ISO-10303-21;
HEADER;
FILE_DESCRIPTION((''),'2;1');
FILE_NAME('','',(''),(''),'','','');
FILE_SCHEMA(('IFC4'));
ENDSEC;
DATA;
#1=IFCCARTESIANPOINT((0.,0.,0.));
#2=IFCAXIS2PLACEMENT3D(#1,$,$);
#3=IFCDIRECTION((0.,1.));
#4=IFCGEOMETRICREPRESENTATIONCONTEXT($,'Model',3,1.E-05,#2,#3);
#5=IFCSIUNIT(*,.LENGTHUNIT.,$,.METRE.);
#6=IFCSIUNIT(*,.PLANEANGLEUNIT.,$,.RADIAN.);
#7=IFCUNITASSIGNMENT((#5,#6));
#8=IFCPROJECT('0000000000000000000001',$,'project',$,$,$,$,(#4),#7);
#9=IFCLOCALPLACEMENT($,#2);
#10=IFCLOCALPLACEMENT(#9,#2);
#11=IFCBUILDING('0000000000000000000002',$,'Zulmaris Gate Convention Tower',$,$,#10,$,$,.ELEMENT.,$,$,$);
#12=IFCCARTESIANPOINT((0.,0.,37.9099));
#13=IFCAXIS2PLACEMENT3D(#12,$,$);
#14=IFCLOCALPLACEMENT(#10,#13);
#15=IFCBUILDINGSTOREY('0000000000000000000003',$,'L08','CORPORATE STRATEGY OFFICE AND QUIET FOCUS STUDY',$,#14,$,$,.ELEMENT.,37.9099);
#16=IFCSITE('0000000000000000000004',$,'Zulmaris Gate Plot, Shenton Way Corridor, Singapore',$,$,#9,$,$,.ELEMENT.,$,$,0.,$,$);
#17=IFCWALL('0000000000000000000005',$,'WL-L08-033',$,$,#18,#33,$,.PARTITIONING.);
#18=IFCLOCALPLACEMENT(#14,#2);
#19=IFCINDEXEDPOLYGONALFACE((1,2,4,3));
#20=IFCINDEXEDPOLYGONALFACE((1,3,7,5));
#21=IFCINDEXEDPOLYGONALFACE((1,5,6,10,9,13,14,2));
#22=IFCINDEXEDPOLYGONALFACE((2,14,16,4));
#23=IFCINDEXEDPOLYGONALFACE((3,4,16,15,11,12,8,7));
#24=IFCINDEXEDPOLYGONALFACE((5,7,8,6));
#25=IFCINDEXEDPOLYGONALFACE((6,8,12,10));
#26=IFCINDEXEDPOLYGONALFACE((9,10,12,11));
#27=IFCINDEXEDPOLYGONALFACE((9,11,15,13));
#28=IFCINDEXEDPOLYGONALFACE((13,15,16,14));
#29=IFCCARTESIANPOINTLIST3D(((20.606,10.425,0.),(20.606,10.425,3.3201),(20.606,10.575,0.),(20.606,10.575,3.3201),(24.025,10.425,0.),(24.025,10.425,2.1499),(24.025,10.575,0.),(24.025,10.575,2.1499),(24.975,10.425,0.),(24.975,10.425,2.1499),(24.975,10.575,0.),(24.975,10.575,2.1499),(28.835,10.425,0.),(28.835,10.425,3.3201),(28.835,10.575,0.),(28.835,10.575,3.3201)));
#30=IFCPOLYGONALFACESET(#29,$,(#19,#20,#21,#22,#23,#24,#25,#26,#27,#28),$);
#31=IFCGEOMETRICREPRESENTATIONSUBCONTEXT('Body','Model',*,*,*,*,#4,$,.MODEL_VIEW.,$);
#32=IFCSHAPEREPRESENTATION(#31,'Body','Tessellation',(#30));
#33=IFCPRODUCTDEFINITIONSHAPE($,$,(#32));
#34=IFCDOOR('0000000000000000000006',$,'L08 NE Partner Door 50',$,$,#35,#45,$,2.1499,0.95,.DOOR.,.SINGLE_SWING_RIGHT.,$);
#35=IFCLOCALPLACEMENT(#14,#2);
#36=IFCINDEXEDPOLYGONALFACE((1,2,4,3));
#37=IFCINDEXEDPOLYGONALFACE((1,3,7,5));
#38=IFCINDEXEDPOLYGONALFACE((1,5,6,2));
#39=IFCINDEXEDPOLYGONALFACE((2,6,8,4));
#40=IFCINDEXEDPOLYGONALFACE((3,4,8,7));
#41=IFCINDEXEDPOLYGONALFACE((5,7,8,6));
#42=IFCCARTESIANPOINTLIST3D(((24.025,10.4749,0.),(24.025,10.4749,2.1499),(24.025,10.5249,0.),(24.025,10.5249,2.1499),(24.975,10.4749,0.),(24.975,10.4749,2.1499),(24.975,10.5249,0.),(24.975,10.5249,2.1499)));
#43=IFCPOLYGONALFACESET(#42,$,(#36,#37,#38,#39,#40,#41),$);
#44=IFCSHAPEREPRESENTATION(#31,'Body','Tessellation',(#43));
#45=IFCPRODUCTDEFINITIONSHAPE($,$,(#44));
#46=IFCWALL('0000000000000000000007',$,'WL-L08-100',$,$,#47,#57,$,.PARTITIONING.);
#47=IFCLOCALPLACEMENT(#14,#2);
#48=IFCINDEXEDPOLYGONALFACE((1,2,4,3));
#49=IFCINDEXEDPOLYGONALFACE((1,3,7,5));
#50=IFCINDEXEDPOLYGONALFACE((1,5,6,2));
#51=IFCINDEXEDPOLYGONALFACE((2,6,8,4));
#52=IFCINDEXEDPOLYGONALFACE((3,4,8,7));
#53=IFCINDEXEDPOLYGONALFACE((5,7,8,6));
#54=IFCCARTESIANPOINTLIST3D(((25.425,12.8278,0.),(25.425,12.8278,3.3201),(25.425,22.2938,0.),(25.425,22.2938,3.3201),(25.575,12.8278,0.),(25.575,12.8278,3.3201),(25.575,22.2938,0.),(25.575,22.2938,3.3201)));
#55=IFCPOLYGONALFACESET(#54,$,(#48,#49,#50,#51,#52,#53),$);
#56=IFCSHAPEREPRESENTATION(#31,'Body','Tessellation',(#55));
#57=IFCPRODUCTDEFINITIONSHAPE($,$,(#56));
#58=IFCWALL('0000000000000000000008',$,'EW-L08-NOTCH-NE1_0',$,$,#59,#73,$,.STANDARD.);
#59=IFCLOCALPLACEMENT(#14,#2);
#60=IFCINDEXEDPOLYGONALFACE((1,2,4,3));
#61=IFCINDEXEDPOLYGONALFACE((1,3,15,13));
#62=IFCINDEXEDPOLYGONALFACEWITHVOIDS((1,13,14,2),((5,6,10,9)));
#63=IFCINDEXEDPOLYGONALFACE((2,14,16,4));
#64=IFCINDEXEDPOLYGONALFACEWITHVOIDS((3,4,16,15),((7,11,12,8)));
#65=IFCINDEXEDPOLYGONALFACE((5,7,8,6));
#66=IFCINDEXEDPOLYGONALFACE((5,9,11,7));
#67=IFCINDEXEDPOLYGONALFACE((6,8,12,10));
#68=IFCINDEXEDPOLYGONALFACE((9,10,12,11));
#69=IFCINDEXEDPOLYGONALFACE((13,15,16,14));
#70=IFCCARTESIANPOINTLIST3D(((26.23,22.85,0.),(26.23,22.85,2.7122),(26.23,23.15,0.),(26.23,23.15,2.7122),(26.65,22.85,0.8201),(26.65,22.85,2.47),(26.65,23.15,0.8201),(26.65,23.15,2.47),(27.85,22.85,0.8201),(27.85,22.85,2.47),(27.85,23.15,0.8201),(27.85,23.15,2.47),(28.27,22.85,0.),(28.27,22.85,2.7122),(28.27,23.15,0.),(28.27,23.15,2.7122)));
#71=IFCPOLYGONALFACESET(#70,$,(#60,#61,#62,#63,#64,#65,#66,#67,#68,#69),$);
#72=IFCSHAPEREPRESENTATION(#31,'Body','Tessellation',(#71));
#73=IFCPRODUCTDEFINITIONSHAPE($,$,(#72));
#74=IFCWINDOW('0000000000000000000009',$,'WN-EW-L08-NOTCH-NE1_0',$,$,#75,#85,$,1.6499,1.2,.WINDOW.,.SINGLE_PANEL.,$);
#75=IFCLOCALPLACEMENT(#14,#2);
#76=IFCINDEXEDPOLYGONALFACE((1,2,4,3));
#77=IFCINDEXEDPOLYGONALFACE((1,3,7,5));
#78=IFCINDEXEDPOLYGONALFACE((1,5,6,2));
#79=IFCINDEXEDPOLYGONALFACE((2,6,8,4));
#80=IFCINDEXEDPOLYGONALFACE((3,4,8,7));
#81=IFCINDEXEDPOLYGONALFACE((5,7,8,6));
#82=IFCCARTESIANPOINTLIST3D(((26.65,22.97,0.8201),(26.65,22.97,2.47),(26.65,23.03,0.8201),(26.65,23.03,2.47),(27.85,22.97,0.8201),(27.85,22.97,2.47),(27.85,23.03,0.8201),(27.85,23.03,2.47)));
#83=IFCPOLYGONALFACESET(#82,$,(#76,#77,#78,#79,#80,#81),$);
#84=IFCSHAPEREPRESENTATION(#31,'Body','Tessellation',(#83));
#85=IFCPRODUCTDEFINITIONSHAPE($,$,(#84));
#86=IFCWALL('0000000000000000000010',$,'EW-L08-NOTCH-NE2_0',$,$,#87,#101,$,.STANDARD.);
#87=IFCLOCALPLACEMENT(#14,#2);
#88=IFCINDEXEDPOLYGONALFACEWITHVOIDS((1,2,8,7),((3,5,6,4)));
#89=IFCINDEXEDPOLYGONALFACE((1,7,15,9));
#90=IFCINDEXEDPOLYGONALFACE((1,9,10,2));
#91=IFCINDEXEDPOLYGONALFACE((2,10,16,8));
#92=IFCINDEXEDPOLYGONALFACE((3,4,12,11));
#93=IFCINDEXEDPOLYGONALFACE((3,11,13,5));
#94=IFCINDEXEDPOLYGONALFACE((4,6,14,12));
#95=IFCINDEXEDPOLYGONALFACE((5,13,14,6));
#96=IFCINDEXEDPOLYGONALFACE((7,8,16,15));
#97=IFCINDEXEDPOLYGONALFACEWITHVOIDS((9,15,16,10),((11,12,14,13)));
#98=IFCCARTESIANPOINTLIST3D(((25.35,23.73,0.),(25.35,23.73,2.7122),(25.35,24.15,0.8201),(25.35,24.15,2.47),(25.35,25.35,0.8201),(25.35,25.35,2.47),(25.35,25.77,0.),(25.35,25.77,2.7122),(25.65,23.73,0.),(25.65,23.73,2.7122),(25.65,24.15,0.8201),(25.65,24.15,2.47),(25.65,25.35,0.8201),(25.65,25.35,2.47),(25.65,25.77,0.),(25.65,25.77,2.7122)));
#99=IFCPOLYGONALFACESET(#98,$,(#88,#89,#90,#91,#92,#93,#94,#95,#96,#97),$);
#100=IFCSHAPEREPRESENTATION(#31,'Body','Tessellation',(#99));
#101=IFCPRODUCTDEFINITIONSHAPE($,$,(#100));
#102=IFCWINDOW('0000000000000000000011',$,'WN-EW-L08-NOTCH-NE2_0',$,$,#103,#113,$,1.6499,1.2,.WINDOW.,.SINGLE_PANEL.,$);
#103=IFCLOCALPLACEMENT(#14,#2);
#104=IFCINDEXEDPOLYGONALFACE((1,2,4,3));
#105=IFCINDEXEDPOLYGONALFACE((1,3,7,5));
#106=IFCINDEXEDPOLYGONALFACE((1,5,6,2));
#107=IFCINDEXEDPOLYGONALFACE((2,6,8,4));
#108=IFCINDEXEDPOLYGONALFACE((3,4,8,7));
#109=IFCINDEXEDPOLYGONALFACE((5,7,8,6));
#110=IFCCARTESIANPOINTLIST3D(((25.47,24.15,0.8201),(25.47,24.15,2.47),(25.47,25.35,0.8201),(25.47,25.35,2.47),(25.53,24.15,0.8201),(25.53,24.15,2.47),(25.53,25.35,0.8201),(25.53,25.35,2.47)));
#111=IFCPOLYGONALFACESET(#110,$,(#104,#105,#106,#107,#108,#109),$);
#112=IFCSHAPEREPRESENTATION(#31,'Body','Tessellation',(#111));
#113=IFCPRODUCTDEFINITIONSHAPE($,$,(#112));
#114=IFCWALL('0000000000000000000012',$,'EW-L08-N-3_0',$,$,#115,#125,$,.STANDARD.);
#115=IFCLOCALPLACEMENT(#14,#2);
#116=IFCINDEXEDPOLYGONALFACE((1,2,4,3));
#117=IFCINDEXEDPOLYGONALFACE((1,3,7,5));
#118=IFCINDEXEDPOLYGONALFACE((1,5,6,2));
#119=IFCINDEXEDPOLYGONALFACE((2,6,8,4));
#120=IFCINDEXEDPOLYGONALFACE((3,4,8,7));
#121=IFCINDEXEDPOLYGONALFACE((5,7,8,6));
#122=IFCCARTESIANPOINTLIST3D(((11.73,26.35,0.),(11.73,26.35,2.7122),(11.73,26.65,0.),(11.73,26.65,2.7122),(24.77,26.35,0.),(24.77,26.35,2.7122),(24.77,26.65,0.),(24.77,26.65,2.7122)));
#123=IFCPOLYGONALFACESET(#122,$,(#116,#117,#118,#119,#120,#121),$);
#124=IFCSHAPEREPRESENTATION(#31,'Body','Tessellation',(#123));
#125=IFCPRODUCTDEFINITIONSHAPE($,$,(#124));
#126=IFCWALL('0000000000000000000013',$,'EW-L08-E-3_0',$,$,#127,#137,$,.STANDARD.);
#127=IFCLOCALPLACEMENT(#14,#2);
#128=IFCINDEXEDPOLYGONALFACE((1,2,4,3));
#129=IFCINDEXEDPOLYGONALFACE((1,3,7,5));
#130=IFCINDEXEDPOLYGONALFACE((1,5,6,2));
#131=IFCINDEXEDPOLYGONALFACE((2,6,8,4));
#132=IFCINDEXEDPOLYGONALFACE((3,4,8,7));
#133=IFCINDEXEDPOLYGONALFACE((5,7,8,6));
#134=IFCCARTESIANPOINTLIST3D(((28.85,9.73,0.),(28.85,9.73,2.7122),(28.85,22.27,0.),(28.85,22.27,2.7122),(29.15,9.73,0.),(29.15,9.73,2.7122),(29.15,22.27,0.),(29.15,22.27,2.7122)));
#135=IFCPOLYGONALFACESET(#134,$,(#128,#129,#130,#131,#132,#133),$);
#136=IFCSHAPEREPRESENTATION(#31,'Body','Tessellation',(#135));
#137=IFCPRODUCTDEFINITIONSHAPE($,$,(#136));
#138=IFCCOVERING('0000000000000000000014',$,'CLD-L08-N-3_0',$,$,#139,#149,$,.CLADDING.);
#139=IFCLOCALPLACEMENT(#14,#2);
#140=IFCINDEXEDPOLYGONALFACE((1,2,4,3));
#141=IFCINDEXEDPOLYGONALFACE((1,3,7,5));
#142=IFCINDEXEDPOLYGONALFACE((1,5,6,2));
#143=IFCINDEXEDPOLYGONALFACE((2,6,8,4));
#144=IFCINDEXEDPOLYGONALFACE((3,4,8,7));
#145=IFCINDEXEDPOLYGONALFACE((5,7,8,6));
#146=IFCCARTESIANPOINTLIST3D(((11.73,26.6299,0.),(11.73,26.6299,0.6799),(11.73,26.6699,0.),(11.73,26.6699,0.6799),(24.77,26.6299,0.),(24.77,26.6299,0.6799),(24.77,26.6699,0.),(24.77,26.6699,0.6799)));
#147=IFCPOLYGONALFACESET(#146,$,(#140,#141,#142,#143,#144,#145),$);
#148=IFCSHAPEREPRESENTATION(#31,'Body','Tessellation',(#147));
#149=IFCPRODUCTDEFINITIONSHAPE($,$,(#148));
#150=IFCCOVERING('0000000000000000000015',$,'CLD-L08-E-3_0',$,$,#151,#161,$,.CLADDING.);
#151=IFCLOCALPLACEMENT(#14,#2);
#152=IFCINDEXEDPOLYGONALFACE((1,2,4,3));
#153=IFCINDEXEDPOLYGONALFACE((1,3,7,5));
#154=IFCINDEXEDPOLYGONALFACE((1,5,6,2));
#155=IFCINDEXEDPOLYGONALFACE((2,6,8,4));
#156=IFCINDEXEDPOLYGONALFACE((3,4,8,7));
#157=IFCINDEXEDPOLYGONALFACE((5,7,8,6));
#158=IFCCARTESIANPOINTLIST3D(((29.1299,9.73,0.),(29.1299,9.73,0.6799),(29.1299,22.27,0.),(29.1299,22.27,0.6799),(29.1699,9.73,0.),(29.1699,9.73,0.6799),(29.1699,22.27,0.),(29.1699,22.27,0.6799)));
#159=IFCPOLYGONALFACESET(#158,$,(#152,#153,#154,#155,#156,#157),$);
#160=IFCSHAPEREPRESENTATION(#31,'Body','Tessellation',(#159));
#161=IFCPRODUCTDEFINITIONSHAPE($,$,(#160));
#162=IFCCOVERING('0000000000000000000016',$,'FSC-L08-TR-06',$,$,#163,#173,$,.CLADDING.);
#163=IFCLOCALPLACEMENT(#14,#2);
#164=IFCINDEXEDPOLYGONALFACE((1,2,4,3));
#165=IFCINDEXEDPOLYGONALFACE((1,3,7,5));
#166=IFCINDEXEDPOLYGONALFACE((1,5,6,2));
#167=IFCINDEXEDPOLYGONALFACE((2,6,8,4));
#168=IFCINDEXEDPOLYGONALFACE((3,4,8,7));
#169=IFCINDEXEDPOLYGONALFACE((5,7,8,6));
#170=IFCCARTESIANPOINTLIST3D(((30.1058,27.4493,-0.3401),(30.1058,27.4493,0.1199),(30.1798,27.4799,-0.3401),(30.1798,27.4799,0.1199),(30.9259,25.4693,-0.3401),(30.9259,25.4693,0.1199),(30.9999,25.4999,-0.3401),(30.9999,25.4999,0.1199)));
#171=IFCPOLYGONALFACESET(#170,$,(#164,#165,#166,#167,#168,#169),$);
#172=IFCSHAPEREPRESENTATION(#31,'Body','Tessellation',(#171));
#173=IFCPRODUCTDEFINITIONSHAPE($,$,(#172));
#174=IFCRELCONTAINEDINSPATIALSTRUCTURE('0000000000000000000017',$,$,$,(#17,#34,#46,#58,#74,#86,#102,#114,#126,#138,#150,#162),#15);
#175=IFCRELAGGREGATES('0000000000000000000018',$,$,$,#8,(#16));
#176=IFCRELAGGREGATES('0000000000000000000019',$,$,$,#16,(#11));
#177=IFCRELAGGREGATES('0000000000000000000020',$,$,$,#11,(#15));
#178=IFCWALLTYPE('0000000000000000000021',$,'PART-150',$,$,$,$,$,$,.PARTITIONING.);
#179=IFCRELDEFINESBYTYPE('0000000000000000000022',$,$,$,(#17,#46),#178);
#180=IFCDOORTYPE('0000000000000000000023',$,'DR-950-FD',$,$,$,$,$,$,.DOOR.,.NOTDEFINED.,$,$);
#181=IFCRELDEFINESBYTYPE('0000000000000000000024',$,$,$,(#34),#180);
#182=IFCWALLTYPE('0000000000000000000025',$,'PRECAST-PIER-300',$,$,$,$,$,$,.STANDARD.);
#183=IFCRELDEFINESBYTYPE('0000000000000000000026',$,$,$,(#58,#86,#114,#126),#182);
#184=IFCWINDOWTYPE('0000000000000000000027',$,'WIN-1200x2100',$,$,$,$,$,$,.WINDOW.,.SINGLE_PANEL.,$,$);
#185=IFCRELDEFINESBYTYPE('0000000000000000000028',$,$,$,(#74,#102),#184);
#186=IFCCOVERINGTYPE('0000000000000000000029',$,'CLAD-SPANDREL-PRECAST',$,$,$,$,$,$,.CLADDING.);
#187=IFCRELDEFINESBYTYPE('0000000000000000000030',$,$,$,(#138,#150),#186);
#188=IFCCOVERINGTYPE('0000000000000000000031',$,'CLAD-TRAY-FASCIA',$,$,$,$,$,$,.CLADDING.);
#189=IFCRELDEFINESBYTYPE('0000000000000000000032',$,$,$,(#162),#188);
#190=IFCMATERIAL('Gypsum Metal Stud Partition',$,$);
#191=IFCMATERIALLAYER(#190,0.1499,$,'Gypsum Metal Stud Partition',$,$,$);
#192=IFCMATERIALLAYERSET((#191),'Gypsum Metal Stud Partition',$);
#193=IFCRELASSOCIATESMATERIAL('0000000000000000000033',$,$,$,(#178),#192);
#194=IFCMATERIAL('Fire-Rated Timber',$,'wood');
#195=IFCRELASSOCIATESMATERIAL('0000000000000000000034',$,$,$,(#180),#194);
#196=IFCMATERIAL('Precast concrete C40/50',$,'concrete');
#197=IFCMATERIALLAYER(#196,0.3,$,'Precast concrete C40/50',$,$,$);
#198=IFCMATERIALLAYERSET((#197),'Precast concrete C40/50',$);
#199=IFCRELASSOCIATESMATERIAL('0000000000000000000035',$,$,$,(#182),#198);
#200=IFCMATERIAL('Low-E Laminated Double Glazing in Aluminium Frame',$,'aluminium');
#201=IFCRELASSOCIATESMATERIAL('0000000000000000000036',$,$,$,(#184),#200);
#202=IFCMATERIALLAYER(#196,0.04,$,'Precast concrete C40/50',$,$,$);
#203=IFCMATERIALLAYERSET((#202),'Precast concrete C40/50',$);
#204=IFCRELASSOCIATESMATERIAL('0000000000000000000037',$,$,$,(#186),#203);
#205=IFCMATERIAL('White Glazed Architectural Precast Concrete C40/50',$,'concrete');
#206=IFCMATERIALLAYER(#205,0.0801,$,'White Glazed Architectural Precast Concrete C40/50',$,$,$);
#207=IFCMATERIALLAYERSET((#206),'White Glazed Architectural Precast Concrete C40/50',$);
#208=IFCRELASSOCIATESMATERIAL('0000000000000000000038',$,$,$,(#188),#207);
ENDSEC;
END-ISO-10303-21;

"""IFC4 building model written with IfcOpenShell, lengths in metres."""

from ifc_helpers import new_model, si_unit, direction, frame, frame_2d, origin, place, context, subcontext, project, spatial, rectangle, extrude, material, layer, layer_set, type_object, element, fill, save


model = new_model("IFC4")

# Units and contexts
model_context = context("Model", 3, precision=1e-05, world=origin(), true_north=direction((0.0, 1.0)))
body_context = subcontext(model_context, "Body", "Model", "MODEL_VIEW")
ifc_project = project(units=[si_unit("LENGTHUNIT", "METRE"), si_unit("PLANEANGLEUNIT", "RADIAN")], contexts=[model_context])

# Site, building, storey
site_placement = place(None, origin())
site = spatial("IfcSite", under=ifc_project, at=site_placement, Name="Zulmaris Gate Plot, Shenton Way Corridor, Singapore", CompositionType="ELEMENT", RefElevation=0.0)
building_placement = place(site_placement, origin())
building = spatial("IfcBuilding", under=site, at=building_placement, Name="Zulmaris Gate Convention Tower", CompositionType="ELEMENT")
storey_placement = place(building_placement, frame((0.0, 0.0, 37.9099)))
storey = spatial("IfcBuildingStorey", under=building, at=storey_placement, Name="L08", Description="CORPORATE STRATEGY OFFICE AND QUIET FOCUS STUDY", CompositionType="ELEMENT", Elevation=37.9099)

# Wall, opening, door
ifc_material_1 = material(Name="Fire-Rated Timber", Category="wood")
ifc_material_2 = material(Name="Gypsum Metal Stud Partition")
ifc_layer_1 = layer(ifc_material_2, 0.1499, Name="Gypsum Metal Stud Partition")
ifc_layer_set_1 = layer_set([ifc_layer_1], Name="Gypsum Metal Stud Partition")
wall_type_1 = type_object("IfcWallType", Name="PART-150", PredefinedType="PARTITIONING", material=ifc_layer_set_1)
wall_1_placement = place(storey_placement, frame((20.606, 10.5, 0.0), z_axis=(0.0, 0.0, 1.0), x_axis=(1.0, 0.0, 0.0)))
wall_1 = element("IfcWall", 1, at=wall_1_placement, inside=storey, type_object=wall_type_1, Name="WL-L08-033", PredefinedType="PARTITIONING", context=body_context, shape_type="SweptSolid", body=[
    extrude(rectangle(XDim=8.229, YDim=0.1499, at=frame_2d((4.1145, 0.0))), origin(), (0.0, 0.0, 1.0), 3.3201),
])
opening_1_placement = place(wall_1_placement, frame((3.4189, 0.0, 0.0)))
opening_1 = element("IfcOpeningElement", 2, at=opening_1_placement, cuts=wall_1, PredefinedType="OPENING", context=body_context, shape_type="SweptSolid", body=[
    extrude(rectangle(XDim=0.95, YDim=2.1499, at=frame_2d((0.4751, 1.075))), frame((0.0, 0.085, 0.0), z_axis=(0.0, -1.0, 0.0), x_axis=(1.0, 0.0, 0.0)), (0.0, 0.0, 1.0), 0.1699),
])
door_type_1 = type_object("IfcDoorType", Name="DR-950-FD", OperationType="NOTDEFINED", PredefinedType="DOOR", material=ifc_material_1)
door_1_placement = place(opening_1_placement, origin())
door_1 = element("IfcDoor", 3, at=door_1_placement, inside=storey, type_object=door_type_1, Name="L08 NE Partner Door 50", OperationType="SINGLE_SWING_RIGHT", OverallHeight=2.1499, OverallWidth=0.95, PredefinedType="DOOR", context=body_context, shape_type="SweptSolid", body=[
    extrude(rectangle(XDim=0.95, YDim=2.1499, at=frame_2d((0.4751, 1.075))), frame((0.0, 0.0249, 0.0), z_axis=(0.0, -1.0, 0.0), x_axis=(1.0, 0.0, 0.0)), (0.0, 0.0, 1.0), 0.05),
])
fill(opening_1, door_1)

# Wall
wall_2_placement = place(storey_placement, frame((25.5, 12.8279, 0.0), z_axis=(0.0, 0.0, 1.0), x_axis=(0.0, 1.0, 0.0)))
element("IfcWall", 4, at=wall_2_placement, inside=storey, type_object=wall_type_1, Name="WL-L08-100", PredefinedType="PARTITIONING", context=body_context, shape_type="SweptSolid", body=[
    extrude(rectangle(XDim=9.4661, YDim=0.1499, at=frame_2d((4.7329, 0.0))), origin(), (0.0, 0.0, 1.0), 3.3201),
])

# Walls, openings, windows
ifc_material_3 = material(Name="Precast concrete C40/50", Category="concrete")
ifc_layer_2 = layer(ifc_material_3, 0.3, Name="Precast concrete C40/50")
ifc_layer_set_2 = layer_set([ifc_layer_2], Name="Precast concrete C40/50")
wall_type_2 = type_object("IfcWallType", Name="PRECAST-PIER-300", PredefinedType="STANDARD", material=ifc_layer_set_2)
wall_3_placement = place(storey_placement, frame((28.27, 23.0, 0.0), z_axis=(0.0, 0.0, 1.0), x_axis=(-1.0, 0.0, 0.0)))
wall_3 = element("IfcWall", 5, at=wall_3_placement, inside=storey, type_object=wall_type_2, Name="EW-L08-NOTCH-NE1_0", PredefinedType="STANDARD", context=body_context, shape_type="SweptSolid", body=[
    extrude(rectangle(XDim=2.04, YDim=0.3, at=frame_2d((1.02, 0.0))), origin(), (0.0, 0.0, 1.0), 2.7122),
])
opening_2_placement = place(wall_3_placement, frame((0.4199, 0.0, 0.8201)))
opening_2 = element("IfcOpeningElement", 6, at=opening_2_placement, cuts=wall_3, PredefinedType="OPENING", context=body_context, shape_type="SweptSolid", body=[
    extrude(rectangle(XDim=1.2, YDim=1.6499, at=frame_2d((0.6001, 0.825))), frame((0.0, 0.1602, 0.0), z_axis=(0.0, -1.0, 0.0), x_axis=(1.0, 0.0, 0.0)), (0.0, 0.0, 1.0), 0.3201),
])
ifc_material_4 = material(Name="Low-E Laminated Double Glazing in Aluminium Frame", Category="aluminium")
window_type = type_object("IfcWindowType", Name="WIN-1200x2100", PartitioningType="SINGLE_PANEL", PredefinedType="WINDOW", material=ifc_material_4)
window_1_placement = place(opening_2_placement, origin())
window_1 = element("IfcWindow", 7, at=window_1_placement, inside=storey, type_object=window_type, Name="WN-EW-L08-NOTCH-NE1_0", OverallHeight=1.6499, OverallWidth=1.2, PartitioningType="SINGLE_PANEL", PredefinedType="WINDOW", context=body_context, shape_type="SweptSolid", body=[
    extrude(rectangle(XDim=1.2, YDim=1.6499, at=frame_2d((0.6001, 0.825))), frame((0.0, 0.03, 0.0), z_axis=(0.0, -1.0, 0.0), x_axis=(1.0, 0.0, 0.0)), (0.0, 0.0, 1.0), 0.0601),
])
fill(opening_2, window_1)
wall_4_placement = place(storey_placement, frame((25.5, 23.73, 0.0), z_axis=(0.0, 0.0, 1.0), x_axis=(0.0, 1.0, 0.0)))
wall_4 = element("IfcWall", 8, at=wall_4_placement, inside=storey, type_object=wall_type_2, Name="EW-L08-NOTCH-NE2_0", PredefinedType="STANDARD", context=body_context, shape_type="SweptSolid", body=[
    extrude(rectangle(XDim=2.04, YDim=0.3, at=frame_2d((1.02, 0.0))), origin(), (0.0, 0.0, 1.0), 2.7122),
])
opening_3_placement = place(wall_4_placement, frame((0.4199, 0.0, 0.8201)))
opening_3 = element("IfcOpeningElement", 9, at=opening_3_placement, cuts=wall_4, PredefinedType="OPENING", context=body_context, shape_type="SweptSolid", body=[
    extrude(rectangle(XDim=1.2, YDim=1.6499, at=frame_2d((0.6001, 0.825))), frame((0.0, 0.1602, 0.0), z_axis=(0.0, -1.0, 0.0), x_axis=(1.0, 0.0, 0.0)), (0.0, 0.0, 1.0), 0.3201),
])
window_2_placement = place(opening_3_placement, origin())
window_2 = element("IfcWindow", 10, at=window_2_placement, inside=storey, type_object=window_type, Name="WN-EW-L08-NOTCH-NE2_0", OverallHeight=1.6499, OverallWidth=1.2, PartitioningType="SINGLE_PANEL", PredefinedType="WINDOW", context=body_context, shape_type="SweptSolid", body=[
    extrude(rectangle(XDim=1.2, YDim=1.6499, at=frame_2d((0.6001, 0.825))), frame((0.0, 0.03, 0.0), z_axis=(0.0, -1.0, 0.0), x_axis=(1.0, 0.0, 0.0)), (0.0, 0.0, 1.0), 0.0601),
])
fill(opening_3, window_2)

# Walls
wall_5_placement = place(storey_placement, frame((24.77, 26.5, 0.0), z_axis=(0.0, 0.0, 1.0), x_axis=(-1.0, 0.0, 0.0)))
element("IfcWall", 11, at=wall_5_placement, inside=storey, type_object=wall_type_2, Name="EW-L08-N-3_0", PredefinedType="STANDARD", context=body_context, shape_type="SweptSolid", body=[
    extrude(rectangle(XDim=13.04, YDim=0.3, at=frame_2d((6.52, 0.0))), origin(), (0.0, 0.0, 1.0), 2.7122),
])
wall_6_placement = place(storey_placement, frame((29.0, 9.73, 0.0), z_axis=(0.0, 0.0, 1.0), x_axis=(0.0, 1.0, 0.0)))
element("IfcWall", 12, at=wall_6_placement, inside=storey, type_object=wall_type_2, Name="EW-L08-E-3_0", PredefinedType="STANDARD", context=body_context, shape_type="SweptSolid", body=[
    extrude(rectangle(XDim=12.54, YDim=0.3, at=frame_2d((6.27, 0.0))), origin(), (0.0, 0.0, 1.0), 2.7122),
])

# Coverings
ifc_layer_3 = layer(ifc_material_3, 0.04, Name="Precast concrete C40/50")
ifc_layer_set_3 = layer_set([ifc_layer_3], Name="Precast concrete C40/50")
covering_type_1 = type_object("IfcCoveringType", Name="CLAD-SPANDREL-PRECAST", PredefinedType="CLADDING", material=ifc_layer_set_3)
covering_1_placement = place(storey_placement, frame((24.77, 26.6499, 0.0), z_axis=(0.0, 0.0, 1.0), x_axis=(-1.0, 0.0, 0.0)))
element("IfcCovering", 13, at=covering_1_placement, inside=storey, type_object=covering_type_1, Name="CLD-L08-N-3_0", PredefinedType="CLADDING", context=body_context, shape_type="SweptSolid", body=[
    extrude(rectangle(XDim=13.04, YDim=0.04, at=frame_2d((6.52, 0.0))), origin(), (0.0, 0.0, 1.0), 0.6799),
])
covering_2_placement = place(storey_placement, frame((29.1499, 9.73, 0.0), z_axis=(0.0, 0.0, 1.0), x_axis=(0.0, 1.0, 0.0)))
element("IfcCovering", 14, at=covering_2_placement, inside=storey, type_object=covering_type_1, Name="CLD-L08-E-3_0", PredefinedType="CLADDING", context=body_context, shape_type="SweptSolid", body=[
    extrude(rectangle(XDim=12.54, YDim=0.04, at=frame_2d((6.27, 0.0))), origin(), (0.0, 0.0, 1.0), 0.6799),
])
ifc_material_5 = material(Name="White Glazed Architectural Precast Concrete C40/50", Category="concrete")
ifc_layer_4 = layer(ifc_material_5, 0.0801, Name="White Glazed Architectural Precast Concrete C40/50")
ifc_layer_set_4 = layer_set([ifc_layer_4], Name="White Glazed Architectural Precast Concrete C40/50")
covering_type_2 = type_object("IfcCoveringType", Name="CLAD-TRAY-FASCIA", PredefinedType="CLADDING", material=ifc_layer_set_4)
covering_3_placement = place(storey_placement, frame((30.9629, 25.4846, -0.3401), z_axis=(0.0, 0.0, 1.0), x_axis=(-0.382657, 0.92389, 0.0)))
element("IfcCovering", 15, at=covering_3_placement, inside=storey, type_object=covering_type_2, Name="FSC-L08-TR-06", PredefinedType="CLADDING", context=body_context, shape_type="SweptSolid", body=[
    extrude(rectangle(XDim=2.1431, YDim=0.0801, at=frame_2d((1.0715, 0.0))), origin(), (0.0, 0.0, 1.0), 0.46),
])

save(model, "model.ifc")
